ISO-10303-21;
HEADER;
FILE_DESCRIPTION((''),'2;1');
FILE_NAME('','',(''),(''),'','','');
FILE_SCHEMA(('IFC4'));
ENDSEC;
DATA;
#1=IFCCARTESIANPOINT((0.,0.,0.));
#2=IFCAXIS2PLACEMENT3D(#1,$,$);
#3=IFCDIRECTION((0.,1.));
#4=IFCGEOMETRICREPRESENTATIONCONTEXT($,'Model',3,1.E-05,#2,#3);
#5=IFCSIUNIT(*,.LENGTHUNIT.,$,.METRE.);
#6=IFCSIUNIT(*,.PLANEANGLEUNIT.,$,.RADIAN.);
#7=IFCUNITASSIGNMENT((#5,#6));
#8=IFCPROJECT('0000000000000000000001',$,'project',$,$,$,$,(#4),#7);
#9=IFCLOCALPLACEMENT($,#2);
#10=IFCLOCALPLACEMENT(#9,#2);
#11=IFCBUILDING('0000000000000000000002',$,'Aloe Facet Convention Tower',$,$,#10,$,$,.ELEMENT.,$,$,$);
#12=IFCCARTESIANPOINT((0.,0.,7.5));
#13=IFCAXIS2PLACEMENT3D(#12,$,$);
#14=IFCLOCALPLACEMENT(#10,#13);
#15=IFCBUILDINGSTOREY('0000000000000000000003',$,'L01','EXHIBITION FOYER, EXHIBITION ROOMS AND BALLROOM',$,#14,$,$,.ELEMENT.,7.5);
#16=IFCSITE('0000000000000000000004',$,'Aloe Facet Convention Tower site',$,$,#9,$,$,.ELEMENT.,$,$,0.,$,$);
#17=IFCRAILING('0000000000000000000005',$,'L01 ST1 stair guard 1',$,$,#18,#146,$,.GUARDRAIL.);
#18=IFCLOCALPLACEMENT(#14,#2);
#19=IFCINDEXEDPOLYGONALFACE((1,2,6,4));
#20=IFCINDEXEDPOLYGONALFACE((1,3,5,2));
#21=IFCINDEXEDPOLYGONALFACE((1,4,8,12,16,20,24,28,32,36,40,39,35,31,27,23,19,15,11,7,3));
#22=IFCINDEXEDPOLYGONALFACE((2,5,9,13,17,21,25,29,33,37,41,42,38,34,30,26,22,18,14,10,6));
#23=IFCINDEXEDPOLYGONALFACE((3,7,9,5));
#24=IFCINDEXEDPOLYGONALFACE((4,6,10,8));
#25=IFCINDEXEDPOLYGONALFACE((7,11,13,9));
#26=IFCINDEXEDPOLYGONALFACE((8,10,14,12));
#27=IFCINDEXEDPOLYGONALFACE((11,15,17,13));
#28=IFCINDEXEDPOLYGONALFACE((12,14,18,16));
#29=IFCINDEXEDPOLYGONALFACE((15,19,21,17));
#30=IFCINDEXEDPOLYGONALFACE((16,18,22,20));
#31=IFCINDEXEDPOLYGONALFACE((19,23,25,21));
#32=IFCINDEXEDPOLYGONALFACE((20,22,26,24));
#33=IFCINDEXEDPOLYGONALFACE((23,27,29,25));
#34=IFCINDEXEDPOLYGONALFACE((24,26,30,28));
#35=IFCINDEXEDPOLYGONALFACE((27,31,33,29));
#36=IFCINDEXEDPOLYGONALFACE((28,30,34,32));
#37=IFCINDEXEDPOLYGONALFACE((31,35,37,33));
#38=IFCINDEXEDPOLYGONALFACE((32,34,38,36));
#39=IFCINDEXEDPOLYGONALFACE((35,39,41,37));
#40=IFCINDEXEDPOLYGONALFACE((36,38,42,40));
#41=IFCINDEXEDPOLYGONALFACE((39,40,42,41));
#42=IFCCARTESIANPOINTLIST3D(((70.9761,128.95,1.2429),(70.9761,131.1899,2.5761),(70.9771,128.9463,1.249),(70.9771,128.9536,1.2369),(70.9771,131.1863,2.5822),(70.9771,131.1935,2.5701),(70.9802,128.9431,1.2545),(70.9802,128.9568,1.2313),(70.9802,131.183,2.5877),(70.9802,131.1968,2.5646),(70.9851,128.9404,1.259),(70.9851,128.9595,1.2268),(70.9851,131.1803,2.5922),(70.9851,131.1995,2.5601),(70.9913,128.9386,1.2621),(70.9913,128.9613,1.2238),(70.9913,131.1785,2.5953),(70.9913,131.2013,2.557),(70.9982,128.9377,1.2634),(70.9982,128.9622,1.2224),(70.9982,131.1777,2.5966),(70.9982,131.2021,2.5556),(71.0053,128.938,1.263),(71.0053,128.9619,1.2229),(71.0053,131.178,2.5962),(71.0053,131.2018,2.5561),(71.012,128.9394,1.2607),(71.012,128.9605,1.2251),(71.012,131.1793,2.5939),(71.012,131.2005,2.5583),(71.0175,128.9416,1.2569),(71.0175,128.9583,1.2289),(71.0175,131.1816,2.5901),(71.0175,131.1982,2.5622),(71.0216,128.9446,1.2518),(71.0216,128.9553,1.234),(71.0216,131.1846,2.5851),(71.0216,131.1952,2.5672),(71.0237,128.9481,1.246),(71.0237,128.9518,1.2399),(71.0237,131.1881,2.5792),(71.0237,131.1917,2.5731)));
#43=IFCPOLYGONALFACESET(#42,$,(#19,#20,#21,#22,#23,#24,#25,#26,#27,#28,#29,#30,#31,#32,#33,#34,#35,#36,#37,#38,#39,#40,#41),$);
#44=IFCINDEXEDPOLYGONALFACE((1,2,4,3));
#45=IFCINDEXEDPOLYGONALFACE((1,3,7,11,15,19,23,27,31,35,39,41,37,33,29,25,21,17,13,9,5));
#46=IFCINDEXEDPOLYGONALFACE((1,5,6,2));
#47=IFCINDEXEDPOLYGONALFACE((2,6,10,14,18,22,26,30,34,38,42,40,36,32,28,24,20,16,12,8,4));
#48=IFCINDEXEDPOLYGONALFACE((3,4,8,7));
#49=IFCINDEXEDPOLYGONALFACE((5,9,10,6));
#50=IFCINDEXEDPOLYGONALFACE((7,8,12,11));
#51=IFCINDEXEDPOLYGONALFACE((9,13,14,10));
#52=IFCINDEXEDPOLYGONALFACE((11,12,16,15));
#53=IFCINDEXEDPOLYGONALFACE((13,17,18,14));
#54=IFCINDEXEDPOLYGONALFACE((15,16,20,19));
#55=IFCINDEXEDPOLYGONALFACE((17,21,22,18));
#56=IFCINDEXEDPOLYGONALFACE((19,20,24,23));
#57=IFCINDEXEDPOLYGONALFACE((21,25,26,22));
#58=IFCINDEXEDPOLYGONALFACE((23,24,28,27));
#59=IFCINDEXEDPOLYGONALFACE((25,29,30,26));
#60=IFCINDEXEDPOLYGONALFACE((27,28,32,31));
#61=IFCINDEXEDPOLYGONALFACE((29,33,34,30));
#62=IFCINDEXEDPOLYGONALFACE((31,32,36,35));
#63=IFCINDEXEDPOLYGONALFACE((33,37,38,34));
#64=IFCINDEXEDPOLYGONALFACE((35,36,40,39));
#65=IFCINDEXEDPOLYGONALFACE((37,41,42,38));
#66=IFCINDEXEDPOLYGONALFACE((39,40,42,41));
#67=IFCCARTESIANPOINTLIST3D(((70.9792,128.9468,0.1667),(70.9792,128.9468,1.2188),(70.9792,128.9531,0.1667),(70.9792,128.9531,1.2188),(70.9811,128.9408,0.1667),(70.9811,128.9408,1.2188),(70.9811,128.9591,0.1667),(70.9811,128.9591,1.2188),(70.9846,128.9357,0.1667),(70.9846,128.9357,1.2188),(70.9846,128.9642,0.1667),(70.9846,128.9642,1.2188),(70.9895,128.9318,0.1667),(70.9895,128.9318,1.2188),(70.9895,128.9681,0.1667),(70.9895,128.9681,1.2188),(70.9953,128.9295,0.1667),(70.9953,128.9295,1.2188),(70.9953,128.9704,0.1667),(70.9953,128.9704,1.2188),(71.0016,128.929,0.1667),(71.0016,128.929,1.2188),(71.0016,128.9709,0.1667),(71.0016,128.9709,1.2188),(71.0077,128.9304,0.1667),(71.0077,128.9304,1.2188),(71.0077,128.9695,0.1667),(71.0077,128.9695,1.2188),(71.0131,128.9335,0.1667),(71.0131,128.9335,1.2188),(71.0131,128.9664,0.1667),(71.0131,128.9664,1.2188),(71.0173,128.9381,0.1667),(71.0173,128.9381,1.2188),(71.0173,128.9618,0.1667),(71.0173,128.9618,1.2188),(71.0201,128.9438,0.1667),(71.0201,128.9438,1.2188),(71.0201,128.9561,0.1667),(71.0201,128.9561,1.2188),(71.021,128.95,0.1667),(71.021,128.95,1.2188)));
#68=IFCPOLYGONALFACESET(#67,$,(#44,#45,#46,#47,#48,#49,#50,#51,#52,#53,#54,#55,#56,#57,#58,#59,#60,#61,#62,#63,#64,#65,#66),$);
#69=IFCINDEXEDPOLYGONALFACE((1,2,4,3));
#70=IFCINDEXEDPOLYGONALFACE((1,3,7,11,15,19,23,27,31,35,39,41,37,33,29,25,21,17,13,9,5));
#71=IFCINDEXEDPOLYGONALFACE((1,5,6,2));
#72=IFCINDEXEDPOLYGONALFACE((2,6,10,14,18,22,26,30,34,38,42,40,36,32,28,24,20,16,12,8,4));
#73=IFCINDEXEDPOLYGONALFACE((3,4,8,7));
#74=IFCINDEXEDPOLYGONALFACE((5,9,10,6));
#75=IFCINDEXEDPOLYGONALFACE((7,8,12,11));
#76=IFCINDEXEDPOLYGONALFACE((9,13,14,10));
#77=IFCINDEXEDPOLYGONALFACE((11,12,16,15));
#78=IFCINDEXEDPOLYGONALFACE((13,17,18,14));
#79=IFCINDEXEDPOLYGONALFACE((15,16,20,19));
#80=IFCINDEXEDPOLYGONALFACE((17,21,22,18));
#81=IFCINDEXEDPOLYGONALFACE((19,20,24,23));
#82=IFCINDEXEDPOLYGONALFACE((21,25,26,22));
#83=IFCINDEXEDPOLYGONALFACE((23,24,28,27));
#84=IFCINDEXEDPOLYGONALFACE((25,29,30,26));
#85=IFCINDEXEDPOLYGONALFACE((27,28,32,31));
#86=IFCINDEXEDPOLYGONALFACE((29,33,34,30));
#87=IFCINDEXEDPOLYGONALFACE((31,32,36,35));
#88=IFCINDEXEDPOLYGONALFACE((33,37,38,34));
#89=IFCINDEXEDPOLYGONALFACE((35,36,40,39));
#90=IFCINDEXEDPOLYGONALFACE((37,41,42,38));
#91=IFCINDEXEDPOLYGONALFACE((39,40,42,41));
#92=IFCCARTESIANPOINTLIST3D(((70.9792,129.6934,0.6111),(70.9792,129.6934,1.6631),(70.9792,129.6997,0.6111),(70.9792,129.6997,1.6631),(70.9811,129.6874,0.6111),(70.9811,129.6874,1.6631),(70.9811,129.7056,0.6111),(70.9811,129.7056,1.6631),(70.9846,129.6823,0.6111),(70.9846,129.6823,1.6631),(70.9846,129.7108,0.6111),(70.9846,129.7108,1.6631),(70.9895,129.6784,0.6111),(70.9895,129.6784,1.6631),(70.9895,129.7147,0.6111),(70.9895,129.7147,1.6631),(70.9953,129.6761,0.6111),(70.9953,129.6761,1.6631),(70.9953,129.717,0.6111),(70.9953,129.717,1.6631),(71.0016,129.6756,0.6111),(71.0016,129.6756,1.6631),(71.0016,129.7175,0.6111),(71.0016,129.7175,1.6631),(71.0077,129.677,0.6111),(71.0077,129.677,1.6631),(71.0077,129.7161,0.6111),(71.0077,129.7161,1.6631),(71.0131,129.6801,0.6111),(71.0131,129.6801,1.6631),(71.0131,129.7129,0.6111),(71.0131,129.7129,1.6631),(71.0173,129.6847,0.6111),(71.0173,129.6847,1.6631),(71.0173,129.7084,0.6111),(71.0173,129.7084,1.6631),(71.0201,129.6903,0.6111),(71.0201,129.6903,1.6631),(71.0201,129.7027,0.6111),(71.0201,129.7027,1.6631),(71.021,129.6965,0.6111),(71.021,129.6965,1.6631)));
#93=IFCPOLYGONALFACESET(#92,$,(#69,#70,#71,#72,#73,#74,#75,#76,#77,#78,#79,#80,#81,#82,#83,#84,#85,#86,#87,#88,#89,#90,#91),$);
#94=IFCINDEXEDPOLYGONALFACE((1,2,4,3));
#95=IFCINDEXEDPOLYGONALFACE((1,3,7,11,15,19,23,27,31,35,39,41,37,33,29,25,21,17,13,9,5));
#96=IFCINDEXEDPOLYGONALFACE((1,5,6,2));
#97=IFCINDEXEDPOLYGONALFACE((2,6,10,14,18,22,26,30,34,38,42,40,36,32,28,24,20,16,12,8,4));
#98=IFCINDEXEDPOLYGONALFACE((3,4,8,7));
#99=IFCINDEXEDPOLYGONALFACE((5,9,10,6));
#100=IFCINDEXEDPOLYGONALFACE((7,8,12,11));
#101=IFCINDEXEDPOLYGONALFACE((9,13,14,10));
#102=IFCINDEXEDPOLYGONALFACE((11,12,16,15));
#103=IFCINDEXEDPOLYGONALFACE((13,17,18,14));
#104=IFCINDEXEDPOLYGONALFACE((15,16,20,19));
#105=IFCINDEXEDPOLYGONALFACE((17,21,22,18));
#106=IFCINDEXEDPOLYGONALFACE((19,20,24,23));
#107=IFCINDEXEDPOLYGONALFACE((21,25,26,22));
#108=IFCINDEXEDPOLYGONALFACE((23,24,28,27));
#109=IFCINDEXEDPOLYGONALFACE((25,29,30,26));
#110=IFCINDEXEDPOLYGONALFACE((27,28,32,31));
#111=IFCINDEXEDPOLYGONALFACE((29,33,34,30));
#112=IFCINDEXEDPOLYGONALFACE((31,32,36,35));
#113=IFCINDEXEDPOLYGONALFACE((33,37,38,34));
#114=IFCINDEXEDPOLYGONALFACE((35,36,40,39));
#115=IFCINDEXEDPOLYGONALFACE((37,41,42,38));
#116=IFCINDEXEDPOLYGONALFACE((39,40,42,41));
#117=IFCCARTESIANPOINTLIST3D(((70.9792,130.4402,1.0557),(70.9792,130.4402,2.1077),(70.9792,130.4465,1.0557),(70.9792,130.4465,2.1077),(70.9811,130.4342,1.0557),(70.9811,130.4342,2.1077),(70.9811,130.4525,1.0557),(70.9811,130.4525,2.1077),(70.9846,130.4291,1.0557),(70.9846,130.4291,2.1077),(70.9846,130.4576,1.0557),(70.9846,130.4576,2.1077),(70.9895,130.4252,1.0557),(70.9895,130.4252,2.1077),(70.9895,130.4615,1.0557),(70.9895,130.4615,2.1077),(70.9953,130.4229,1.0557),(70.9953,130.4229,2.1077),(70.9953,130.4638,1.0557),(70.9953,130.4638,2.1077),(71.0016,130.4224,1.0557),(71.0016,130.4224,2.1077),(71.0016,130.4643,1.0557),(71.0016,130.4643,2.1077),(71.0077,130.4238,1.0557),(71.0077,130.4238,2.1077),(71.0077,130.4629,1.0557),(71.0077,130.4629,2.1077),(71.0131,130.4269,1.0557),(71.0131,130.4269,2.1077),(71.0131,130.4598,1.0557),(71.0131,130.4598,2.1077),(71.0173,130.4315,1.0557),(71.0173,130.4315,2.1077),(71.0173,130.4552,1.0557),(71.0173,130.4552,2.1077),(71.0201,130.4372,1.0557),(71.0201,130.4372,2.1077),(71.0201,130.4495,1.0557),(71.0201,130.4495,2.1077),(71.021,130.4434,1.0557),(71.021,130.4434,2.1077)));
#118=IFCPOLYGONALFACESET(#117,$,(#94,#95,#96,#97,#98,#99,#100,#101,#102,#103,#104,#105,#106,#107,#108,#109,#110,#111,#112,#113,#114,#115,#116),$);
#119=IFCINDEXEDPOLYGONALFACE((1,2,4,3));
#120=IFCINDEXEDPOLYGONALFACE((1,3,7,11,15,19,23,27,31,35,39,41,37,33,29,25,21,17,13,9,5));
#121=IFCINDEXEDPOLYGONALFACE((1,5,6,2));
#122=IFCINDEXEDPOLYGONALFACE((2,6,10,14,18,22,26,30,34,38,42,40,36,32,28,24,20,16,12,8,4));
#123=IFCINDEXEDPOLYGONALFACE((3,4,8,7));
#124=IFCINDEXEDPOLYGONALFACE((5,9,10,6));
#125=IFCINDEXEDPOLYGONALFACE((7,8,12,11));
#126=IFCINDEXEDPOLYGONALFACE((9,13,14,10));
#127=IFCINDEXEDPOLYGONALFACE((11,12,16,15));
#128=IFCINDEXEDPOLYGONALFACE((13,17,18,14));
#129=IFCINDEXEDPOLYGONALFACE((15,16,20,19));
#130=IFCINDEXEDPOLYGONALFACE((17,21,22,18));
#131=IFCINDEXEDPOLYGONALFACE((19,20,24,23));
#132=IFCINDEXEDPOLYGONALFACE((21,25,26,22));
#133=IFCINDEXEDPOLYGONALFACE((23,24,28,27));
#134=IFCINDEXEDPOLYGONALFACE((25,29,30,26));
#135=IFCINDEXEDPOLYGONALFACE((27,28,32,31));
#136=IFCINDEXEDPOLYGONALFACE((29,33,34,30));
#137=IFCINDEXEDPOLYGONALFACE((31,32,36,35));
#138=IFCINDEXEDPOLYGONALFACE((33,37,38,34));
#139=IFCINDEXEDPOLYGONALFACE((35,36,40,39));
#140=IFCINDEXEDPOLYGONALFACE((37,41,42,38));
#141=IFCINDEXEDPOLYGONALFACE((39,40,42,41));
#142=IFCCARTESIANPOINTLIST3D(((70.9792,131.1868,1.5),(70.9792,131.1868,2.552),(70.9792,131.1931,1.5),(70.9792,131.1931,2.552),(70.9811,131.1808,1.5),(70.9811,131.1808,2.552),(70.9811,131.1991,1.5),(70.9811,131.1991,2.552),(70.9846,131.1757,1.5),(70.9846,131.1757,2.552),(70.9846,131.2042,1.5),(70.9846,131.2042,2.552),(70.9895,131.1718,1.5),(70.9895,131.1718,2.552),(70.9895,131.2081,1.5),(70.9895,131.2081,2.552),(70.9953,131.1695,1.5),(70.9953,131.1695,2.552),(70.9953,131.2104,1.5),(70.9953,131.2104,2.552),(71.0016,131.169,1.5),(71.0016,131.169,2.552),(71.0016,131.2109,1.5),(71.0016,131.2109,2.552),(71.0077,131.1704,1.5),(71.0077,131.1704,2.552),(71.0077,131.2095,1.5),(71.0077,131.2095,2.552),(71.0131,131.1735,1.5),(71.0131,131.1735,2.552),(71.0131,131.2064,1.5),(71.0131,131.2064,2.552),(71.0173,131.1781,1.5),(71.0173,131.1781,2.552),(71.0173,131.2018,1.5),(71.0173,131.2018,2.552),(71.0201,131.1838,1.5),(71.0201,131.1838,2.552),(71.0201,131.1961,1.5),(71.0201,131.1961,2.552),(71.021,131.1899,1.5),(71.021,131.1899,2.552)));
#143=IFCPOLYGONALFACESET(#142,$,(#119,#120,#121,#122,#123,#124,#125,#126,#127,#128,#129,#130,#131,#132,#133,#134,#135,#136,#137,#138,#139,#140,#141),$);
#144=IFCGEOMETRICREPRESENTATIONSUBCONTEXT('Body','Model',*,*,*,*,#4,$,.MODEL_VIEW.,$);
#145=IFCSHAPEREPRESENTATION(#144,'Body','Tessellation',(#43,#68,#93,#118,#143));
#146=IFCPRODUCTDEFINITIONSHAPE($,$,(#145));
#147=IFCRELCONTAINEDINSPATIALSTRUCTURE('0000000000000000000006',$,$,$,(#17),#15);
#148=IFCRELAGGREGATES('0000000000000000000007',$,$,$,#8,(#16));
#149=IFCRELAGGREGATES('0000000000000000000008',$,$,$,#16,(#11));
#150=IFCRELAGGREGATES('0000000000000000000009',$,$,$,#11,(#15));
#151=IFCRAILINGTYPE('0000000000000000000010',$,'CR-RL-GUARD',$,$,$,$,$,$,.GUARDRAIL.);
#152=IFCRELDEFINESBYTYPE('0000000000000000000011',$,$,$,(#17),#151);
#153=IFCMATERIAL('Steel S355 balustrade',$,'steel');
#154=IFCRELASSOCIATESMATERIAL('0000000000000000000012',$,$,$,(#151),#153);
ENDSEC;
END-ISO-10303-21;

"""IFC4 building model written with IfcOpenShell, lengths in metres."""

from ifc_helpers import new_model, si_unit, direction, frame, origin, origin_2d, place, context, subcontext, project, spatial, circle, extrude, material, type_object, element, save


model = new_model("IFC4")

# Units and contexts
model_context = context("Model", 3, precision=1e-05, world=origin(), true_north=direction((0.0, 1.0)))
body_context = subcontext(model_context, "Body", "Model", "MODEL_VIEW")
ifc_project = project(units=[si_unit("LENGTHUNIT", "METRE"), si_unit("PLANEANGLEUNIT", "RADIAN")], contexts=[model_context])

# Site, building, storey
site_placement = place(None, origin())
site = spatial("IfcSite", under=ifc_project, at=site_placement, Name="Aloe Facet Convention Tower site", CompositionType="ELEMENT", RefElevation=0.0)
building_placement = place(site_placement, origin())
building = spatial("IfcBuilding", under=site, at=building_placement, Name="Aloe Facet Convention Tower", CompositionType="ELEMENT")
storey_placement = place(building_placement, frame((0.0, 0.0, 7.5)))
storey = spatial("IfcBuildingStorey", under=building, at=storey_placement, Name="L01", Description="EXHIBITION FOYER, EXHIBITION ROOMS AND BALLROOM", CompositionType="ELEMENT", Elevation=7.5)

# Railing
ifc_material_1 = material(Name="Steel S355 balustrade", Category="steel")
railing_type_1 = type_object("IfcRailingType", Name="CR-RL-GUARD", PredefinedType="GUARDRAIL", material=ifc_material_1)
railing_1_placement = place(storey_placement, frame((71.0, 128.95, 0.1667)))
element("IfcRailing", 1, at=railing_1_placement, inside=storey, type_object=railing_type_1, Name="L01 ST1 stair guard 1", PredefinedType="GUARDRAIL", context=body_context, shape_type="SweptSolid", body=[
    extrude(circle(Radius=0.0239, at=origin_2d()), frame((0.0, 0.0, 1.0762), z_axis=(0.0, 0.859306, 0.511462), x_axis=(-1.0, 0.0, 0.0)), (0.0, 0.0, 1.0), 2.6067),
    extrude(circle(Radius=0.021, at=origin_2d()), origin(), (0.0, 0.0, 1.0), 1.052),
    extrude(circle(Radius=0.021, at=origin_2d()), frame((0.0, 0.7466, 0.4443)), (0.0, 0.0, 1.0), 1.052),
    extrude(circle(Radius=0.021, at=origin_2d()), frame((0.0, 1.4934, 0.8889)), (0.0, 0.0, 1.0), 1.052),
    extrude(circle(Radius=0.021, at=origin_2d()), frame((0.0, 2.24, 1.3333)), (0.0, 0.0, 1.0), 1.052),
])

save(model, "model.ifc")
